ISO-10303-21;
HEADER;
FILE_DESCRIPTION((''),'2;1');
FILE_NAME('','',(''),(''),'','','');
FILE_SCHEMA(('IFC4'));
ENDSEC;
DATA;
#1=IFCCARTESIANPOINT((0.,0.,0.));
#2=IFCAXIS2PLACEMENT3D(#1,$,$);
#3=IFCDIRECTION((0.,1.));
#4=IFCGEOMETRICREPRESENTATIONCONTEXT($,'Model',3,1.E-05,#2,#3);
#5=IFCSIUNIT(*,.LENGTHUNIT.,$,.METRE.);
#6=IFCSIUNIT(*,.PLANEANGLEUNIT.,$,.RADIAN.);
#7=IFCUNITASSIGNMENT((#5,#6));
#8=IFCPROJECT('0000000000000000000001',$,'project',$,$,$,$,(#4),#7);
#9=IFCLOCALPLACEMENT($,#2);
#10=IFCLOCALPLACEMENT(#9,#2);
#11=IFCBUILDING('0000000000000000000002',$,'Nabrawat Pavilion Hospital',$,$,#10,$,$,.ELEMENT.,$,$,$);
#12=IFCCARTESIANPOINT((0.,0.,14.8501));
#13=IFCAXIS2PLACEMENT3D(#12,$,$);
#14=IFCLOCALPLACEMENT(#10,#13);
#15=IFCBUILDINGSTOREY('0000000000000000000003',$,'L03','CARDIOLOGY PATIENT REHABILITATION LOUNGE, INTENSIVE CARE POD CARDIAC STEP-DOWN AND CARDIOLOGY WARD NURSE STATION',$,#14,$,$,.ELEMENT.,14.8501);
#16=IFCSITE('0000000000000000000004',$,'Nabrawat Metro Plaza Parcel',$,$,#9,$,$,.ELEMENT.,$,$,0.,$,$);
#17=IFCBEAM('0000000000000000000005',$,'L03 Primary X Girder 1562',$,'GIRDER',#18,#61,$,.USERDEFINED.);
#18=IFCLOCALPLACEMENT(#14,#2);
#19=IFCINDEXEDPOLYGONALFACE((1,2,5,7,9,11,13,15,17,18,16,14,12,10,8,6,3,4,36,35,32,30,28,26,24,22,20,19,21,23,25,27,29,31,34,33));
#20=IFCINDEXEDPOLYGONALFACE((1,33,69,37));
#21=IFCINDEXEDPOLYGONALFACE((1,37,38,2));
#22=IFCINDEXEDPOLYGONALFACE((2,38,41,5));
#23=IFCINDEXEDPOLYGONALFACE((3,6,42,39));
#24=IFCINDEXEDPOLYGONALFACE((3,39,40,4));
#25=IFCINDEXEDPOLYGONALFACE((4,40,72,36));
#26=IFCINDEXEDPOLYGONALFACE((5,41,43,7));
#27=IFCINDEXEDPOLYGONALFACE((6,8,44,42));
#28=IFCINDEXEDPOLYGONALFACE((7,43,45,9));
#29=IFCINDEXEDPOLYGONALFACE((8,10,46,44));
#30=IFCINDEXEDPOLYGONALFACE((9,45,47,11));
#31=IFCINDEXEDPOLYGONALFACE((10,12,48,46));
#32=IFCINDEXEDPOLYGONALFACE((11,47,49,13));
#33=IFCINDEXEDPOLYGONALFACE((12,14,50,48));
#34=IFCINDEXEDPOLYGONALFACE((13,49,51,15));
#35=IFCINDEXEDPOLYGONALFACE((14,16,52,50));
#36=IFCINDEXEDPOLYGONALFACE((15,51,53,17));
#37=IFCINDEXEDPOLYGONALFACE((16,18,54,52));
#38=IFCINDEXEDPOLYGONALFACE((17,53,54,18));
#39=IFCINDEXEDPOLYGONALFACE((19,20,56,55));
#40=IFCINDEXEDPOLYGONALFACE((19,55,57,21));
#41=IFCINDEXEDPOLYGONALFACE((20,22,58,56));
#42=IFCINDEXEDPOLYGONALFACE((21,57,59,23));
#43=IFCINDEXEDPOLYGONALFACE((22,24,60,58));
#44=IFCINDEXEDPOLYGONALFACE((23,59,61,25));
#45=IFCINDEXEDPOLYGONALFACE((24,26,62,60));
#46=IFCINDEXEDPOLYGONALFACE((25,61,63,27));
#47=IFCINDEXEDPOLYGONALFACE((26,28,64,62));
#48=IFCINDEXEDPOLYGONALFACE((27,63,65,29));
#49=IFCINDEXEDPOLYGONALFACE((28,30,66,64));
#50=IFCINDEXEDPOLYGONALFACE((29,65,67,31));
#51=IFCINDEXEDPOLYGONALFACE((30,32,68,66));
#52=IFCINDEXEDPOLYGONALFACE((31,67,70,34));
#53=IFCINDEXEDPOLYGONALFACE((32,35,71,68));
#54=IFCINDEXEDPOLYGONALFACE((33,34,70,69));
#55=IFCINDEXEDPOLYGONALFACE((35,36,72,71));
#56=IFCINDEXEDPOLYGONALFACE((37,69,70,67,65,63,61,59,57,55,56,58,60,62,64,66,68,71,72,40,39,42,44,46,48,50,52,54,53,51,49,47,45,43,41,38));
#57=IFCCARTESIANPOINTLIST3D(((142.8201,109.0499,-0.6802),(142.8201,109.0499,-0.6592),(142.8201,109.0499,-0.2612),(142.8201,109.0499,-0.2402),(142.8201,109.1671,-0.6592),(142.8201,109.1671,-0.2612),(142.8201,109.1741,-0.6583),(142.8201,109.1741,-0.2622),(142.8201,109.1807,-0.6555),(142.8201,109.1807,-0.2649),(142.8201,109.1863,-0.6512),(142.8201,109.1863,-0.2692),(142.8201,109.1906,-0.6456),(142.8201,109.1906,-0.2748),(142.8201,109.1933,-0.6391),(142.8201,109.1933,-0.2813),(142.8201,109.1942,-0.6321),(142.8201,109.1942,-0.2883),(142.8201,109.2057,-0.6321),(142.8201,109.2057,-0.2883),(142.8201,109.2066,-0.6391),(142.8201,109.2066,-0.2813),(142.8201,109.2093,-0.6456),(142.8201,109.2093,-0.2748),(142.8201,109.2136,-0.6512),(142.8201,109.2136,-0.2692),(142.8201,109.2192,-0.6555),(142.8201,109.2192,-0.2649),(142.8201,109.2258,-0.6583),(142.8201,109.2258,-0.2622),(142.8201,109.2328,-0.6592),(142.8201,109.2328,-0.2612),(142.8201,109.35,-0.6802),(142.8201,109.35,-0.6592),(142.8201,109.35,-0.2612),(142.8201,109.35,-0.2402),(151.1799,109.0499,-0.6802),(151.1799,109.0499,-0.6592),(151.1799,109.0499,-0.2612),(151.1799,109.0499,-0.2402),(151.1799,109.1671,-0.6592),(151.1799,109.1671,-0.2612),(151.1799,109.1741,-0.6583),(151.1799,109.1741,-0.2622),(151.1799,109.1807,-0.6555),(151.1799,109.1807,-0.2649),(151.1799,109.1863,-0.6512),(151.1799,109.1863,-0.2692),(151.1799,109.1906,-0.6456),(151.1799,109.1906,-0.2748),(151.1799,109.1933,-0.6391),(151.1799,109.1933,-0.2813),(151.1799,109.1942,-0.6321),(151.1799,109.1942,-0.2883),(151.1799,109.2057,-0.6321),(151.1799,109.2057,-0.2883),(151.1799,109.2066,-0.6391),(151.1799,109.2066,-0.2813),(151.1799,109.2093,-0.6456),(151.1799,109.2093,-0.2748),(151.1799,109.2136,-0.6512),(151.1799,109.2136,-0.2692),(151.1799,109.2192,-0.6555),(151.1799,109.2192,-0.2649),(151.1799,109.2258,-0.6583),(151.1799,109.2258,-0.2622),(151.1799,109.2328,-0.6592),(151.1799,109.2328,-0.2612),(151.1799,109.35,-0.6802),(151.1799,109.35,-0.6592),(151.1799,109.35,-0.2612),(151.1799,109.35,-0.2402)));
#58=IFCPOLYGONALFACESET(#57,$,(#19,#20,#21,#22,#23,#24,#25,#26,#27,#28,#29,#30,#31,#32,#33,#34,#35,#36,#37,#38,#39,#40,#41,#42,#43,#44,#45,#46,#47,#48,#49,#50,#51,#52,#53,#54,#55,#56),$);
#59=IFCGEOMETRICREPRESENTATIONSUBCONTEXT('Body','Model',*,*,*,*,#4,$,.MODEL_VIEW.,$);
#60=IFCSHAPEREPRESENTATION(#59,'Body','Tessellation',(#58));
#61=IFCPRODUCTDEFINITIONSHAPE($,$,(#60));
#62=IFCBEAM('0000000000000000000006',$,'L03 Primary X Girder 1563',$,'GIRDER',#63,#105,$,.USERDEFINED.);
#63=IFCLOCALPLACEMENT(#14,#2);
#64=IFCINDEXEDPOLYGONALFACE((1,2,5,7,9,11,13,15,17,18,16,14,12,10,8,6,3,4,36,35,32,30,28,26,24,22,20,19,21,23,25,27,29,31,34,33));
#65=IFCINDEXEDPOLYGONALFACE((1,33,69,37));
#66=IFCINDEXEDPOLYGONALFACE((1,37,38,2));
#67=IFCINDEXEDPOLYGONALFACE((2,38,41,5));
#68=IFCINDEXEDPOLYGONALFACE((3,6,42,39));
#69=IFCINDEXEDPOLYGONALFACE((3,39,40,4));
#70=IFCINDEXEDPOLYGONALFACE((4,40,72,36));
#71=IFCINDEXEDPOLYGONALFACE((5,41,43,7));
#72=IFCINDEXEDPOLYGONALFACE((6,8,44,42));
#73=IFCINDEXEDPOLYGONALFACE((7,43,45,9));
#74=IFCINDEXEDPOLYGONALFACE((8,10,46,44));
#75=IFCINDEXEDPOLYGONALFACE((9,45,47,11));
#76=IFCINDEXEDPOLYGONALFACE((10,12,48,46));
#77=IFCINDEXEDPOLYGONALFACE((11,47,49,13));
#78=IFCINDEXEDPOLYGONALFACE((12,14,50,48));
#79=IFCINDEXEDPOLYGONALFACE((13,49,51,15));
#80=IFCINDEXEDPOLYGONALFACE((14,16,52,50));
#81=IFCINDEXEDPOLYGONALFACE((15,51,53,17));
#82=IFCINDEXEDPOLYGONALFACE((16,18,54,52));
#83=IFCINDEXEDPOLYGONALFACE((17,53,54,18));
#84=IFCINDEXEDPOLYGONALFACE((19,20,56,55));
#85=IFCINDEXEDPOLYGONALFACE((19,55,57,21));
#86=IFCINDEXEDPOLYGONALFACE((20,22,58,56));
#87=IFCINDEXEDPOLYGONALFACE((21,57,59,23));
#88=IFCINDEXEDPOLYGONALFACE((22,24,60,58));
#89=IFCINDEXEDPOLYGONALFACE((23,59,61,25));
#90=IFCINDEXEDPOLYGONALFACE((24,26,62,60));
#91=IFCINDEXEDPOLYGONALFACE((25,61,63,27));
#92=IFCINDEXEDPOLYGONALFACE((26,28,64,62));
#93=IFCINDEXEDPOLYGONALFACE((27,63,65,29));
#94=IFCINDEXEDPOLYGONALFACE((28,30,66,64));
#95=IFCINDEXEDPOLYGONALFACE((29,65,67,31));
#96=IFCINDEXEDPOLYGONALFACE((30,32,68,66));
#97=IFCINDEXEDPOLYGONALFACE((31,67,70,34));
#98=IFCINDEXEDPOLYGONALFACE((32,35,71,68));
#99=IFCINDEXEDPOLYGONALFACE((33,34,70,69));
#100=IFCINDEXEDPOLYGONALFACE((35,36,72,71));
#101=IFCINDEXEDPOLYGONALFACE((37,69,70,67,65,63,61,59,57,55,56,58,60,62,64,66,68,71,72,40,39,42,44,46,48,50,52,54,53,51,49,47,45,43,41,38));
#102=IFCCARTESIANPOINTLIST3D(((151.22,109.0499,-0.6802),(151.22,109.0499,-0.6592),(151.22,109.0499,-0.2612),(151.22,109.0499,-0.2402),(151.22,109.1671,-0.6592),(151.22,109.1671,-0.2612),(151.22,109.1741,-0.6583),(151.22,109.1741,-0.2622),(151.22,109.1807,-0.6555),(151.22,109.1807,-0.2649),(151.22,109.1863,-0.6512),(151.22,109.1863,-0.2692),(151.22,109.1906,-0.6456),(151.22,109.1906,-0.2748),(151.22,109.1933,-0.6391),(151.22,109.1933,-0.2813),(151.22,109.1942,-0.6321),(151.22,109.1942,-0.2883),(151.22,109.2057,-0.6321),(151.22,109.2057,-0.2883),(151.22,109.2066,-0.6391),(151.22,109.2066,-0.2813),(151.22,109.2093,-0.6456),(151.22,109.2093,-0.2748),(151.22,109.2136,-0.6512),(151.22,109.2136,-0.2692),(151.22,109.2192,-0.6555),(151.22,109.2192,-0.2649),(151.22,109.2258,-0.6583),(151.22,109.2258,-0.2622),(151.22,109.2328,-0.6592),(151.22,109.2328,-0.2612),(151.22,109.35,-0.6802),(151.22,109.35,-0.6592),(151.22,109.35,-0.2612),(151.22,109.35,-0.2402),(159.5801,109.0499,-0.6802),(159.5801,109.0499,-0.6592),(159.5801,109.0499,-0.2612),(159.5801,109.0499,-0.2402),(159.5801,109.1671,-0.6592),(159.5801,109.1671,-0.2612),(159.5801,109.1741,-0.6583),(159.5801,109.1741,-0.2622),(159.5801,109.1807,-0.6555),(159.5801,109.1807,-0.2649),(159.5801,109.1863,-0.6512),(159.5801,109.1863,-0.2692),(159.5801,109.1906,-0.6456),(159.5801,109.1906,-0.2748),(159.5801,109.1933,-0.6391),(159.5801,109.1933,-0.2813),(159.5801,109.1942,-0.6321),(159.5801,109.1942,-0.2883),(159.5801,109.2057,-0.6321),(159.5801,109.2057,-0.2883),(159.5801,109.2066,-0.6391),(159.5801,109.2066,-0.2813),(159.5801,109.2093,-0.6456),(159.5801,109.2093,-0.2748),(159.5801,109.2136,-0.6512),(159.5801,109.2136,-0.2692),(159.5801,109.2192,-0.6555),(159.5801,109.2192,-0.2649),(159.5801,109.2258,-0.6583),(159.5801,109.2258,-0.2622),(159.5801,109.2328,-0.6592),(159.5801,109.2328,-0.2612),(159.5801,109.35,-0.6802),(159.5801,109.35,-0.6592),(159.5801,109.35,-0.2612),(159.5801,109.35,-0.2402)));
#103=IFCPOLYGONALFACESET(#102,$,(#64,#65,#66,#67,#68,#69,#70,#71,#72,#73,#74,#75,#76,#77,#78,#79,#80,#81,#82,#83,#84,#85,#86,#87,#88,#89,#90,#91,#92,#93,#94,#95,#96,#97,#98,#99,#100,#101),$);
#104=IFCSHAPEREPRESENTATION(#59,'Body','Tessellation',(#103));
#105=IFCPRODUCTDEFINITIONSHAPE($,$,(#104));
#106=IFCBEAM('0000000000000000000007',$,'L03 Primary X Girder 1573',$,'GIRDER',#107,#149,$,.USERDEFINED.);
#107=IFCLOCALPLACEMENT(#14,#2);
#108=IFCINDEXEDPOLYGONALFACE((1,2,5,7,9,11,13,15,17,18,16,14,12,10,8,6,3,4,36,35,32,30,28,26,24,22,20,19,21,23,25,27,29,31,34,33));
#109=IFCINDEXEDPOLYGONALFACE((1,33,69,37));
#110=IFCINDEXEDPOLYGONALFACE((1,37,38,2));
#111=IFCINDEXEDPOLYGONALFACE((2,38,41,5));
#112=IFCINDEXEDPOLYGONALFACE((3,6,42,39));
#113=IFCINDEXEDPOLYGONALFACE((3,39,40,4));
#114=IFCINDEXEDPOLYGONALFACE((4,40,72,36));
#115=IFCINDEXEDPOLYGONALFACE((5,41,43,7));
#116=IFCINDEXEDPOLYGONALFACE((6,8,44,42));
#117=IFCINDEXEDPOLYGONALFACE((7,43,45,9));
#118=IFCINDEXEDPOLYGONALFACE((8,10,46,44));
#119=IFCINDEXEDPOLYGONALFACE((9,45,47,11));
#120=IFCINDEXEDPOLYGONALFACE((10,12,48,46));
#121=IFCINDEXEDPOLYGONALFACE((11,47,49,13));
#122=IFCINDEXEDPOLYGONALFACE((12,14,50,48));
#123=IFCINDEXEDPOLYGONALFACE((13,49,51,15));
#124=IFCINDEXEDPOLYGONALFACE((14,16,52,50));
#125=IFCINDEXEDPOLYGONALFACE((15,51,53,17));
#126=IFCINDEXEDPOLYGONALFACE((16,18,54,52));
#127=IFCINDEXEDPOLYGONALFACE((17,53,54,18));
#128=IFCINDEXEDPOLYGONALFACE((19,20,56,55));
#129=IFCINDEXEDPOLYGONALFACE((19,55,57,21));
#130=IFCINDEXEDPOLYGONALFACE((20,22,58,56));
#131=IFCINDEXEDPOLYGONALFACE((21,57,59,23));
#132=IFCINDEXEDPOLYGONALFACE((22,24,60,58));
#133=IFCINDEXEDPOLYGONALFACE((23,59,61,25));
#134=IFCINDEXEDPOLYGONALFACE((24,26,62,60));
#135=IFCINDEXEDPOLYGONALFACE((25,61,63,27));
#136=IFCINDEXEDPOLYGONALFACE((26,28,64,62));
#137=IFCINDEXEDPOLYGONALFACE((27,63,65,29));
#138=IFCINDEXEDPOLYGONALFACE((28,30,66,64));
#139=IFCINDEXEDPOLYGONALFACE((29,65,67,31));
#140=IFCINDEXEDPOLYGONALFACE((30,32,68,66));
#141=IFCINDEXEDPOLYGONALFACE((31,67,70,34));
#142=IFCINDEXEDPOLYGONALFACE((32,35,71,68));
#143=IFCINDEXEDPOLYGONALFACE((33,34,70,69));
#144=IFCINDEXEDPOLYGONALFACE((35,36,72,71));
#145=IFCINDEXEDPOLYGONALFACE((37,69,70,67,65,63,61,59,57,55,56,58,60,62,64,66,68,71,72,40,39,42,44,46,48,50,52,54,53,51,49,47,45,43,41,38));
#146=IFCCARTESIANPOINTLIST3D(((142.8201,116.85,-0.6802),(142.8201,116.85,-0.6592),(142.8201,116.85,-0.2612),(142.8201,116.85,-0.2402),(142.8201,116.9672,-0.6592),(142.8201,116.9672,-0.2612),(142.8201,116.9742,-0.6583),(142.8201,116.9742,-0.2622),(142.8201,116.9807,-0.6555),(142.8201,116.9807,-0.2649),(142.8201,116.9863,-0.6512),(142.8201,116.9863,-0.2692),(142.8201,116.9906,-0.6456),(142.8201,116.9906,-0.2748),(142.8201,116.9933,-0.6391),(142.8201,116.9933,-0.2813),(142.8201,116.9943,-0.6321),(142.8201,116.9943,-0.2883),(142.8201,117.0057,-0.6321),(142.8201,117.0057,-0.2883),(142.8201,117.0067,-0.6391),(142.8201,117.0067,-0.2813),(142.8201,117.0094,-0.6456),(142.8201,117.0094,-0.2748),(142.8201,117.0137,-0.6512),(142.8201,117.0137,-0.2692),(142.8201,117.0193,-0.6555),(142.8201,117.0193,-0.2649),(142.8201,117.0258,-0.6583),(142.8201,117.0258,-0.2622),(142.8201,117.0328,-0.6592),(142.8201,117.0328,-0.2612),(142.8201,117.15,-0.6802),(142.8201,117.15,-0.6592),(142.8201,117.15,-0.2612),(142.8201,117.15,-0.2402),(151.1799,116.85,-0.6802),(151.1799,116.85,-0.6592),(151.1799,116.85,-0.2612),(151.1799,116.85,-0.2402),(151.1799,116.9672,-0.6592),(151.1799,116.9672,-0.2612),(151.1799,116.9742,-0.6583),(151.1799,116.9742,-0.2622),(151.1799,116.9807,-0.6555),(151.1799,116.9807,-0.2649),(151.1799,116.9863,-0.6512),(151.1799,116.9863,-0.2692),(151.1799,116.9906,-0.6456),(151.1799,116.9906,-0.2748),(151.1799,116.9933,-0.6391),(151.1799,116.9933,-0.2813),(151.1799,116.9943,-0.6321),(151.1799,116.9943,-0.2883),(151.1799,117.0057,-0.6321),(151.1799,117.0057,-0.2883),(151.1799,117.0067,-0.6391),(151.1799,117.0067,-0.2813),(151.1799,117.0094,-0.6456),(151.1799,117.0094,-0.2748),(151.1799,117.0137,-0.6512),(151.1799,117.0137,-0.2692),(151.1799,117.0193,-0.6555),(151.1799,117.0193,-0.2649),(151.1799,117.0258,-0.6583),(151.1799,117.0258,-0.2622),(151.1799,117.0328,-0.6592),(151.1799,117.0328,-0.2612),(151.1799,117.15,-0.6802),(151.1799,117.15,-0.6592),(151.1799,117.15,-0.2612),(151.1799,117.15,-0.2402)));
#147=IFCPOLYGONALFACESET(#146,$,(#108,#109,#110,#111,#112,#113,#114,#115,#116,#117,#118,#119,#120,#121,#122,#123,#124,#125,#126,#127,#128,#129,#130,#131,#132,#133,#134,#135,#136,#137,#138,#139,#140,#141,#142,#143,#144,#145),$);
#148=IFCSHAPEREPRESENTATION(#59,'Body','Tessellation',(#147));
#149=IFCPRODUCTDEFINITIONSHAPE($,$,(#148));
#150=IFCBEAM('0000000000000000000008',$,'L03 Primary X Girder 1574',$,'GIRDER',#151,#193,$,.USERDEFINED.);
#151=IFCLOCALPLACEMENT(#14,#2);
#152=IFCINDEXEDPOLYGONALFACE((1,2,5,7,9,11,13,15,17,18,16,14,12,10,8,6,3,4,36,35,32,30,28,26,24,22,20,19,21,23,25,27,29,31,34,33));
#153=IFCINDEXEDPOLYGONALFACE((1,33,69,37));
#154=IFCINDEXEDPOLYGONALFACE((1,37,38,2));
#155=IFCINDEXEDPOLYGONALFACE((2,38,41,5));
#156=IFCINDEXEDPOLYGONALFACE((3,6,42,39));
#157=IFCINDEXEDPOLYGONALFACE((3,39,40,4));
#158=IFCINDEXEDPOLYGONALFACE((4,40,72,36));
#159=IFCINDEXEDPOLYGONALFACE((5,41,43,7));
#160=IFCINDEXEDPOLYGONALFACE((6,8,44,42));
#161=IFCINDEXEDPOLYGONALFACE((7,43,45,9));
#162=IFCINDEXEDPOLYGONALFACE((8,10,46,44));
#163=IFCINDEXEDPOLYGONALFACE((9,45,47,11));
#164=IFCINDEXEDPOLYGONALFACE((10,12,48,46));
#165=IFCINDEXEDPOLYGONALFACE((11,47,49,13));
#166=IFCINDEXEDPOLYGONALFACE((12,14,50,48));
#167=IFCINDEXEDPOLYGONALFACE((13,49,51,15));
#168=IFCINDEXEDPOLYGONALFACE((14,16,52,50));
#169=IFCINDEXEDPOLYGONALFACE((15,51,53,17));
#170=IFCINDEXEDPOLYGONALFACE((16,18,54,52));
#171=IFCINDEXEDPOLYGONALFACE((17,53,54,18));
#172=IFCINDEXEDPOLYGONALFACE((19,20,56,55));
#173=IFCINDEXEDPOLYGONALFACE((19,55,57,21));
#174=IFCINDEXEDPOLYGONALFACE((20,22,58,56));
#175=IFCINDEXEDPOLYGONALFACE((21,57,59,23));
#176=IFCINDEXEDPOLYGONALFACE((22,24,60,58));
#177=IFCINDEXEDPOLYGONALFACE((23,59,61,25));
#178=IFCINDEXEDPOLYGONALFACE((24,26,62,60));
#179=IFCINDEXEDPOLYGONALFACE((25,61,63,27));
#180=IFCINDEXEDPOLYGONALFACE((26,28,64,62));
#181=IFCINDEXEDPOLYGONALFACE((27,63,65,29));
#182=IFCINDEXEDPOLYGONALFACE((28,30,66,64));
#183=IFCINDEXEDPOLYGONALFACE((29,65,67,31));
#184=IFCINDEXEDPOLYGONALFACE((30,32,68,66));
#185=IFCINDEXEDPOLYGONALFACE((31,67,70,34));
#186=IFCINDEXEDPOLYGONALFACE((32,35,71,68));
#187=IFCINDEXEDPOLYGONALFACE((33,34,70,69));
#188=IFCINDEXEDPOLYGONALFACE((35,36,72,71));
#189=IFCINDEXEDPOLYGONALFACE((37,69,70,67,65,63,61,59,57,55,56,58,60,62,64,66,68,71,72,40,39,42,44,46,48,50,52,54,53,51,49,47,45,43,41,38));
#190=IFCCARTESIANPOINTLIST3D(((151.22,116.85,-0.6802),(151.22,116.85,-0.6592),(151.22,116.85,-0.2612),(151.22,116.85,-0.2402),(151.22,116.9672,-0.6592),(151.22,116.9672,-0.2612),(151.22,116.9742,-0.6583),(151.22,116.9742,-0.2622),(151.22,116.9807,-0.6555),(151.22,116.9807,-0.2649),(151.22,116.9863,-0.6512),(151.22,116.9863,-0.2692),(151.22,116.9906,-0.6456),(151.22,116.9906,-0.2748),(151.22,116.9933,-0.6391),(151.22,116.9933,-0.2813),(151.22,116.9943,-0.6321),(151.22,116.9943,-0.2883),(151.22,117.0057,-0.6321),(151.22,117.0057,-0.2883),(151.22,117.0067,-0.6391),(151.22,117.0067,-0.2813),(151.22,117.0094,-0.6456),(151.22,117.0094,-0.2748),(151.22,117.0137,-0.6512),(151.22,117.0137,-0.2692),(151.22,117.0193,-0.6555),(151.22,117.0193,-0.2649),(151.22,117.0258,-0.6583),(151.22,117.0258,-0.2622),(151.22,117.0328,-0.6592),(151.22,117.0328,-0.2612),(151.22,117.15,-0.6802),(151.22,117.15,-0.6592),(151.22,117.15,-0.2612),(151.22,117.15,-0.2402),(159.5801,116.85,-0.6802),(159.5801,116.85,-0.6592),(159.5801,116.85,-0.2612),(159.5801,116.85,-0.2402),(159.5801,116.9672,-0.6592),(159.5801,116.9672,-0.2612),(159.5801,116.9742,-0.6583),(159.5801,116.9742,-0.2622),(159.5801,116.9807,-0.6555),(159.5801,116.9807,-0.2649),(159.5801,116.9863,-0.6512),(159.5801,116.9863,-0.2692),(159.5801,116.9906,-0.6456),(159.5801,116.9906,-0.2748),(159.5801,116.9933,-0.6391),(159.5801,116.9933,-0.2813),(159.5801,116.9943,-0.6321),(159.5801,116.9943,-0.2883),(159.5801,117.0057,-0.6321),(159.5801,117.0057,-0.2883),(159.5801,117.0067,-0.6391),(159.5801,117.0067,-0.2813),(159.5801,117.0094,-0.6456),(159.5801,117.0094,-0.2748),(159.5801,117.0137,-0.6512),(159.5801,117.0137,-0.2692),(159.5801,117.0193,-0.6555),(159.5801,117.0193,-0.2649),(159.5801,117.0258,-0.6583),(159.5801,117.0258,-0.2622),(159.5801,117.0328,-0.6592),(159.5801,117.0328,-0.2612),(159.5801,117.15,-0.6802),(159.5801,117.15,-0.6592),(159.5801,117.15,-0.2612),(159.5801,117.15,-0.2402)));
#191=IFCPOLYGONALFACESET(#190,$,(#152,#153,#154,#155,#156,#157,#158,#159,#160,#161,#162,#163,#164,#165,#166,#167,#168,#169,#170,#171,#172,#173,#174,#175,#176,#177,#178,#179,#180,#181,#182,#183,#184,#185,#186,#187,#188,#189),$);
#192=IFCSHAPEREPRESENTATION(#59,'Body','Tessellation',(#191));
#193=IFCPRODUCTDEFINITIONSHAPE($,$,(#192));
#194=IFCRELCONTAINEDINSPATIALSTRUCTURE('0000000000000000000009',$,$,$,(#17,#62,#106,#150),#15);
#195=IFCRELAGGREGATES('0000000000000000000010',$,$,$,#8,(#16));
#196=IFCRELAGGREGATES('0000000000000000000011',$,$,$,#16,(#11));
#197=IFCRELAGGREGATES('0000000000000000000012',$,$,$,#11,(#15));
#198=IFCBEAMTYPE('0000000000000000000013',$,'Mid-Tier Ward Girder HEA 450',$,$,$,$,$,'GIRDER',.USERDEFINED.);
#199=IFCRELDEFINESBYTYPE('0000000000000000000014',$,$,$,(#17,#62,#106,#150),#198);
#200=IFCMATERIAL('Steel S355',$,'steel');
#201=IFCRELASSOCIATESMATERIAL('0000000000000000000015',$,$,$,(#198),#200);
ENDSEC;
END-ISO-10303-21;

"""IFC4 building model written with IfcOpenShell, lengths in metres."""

from ifc_helpers import new_model, si_unit, direction, frame, origin, origin_2d, place, context, subcontext, project, spatial, i_section, extrude, material, material_profile, profile_set, type_object, element, save


model = new_model("IFC4")

# Units and contexts
model_context = context("Model", 3, precision=1e-05, world=origin(), true_north=direction((0.0, 1.0)))
body_context = subcontext(model_context, "Body", "Model", "MODEL_VIEW")
ifc_project = project(units=[si_unit("LENGTHUNIT", "METRE"), si_unit("PLANEANGLEUNIT", "RADIAN")], contexts=[model_context])

# Site, building, storey
site_placement = place(None, origin())
site = spatial("IfcSite", under=ifc_project, at=site_placement, Name="Nabrawat Metro Plaza Parcel", CompositionType="ELEMENT", RefElevation=0.0)
building_placement = place(site_placement, origin())
building = spatial("IfcBuilding", under=site, at=building_placement, Name="Nabrawat Pavilion Hospital", CompositionType="ELEMENT")
storey_placement = place(building_placement, frame((0.0, 0.0, 14.8501)))
storey = spatial("IfcBuildingStorey", under=building, at=storey_placement, Name="L03", Description="CARDIOLOGY PATIENT REHABILITATION LOUNGE, INTENSIVE CARE POD CARDIAC STEP-DOWN AND CARDIOLOGY WARD NURSE STATION", CompositionType="ELEMENT", Elevation=14.8501)

# Beams
ifc_material_1 = material(Name="Steel S355", Category="steel")
ifc_material_profile_1 = material_profile(ifc_material_1, i_section(OverallWidth=0.3, OverallDepth=0.4399, WebThickness=0.0115, FlangeThickness=0.021, FilletRadius=0.0271, at=origin_2d()), Name="HEA 450")
ifc_profile_set_1 = profile_set([ifc_material_profile_1], Name="Steel S355")
beam_type_1 = type_object("IfcBeamType", Name="Mid-Tier Ward Girder HEA 450", ElementType="GIRDER", PredefinedType="USERDEFINED", material=ifc_profile_set_1)
beam_1_placement = place(storey_placement, frame((142.8201, 109.2, -0.4602), z_axis=(1.0, 0.0, 0.0), x_axis=(0.0, 1.0, 0.0)))
element("IfcBeam", 1, at=beam_1_placement, inside=storey, type_object=beam_type_1, Name="L03 Primary X Girder 1562", ObjectType="GIRDER", PredefinedType="USERDEFINED", context=body_context, shape_type="SweptSolid", body=[
    extrude(i_section(OverallWidth=0.3, OverallDepth=0.4399, WebThickness=0.0115, FlangeThickness=0.021, FilletRadius=0.0271, at=origin_2d()), origin(), (0.0, 0.0, 1.0), 8.3599),
])
beam_2_placement = place(storey_placement, frame((151.22, 109.2, -0.4602), z_axis=(1.0, 0.0, 0.0), x_axis=(0.0, 1.0, 0.0)))
element("IfcBeam", 2, at=beam_2_placement, inside=storey, type_object=beam_type_1, Name="L03 Primary X Girder 1563", ObjectType="GIRDER", PredefinedType="USERDEFINED", context=body_context, shape_type="SweptSolid", body=[
    extrude(i_section(OverallWidth=0.3, OverallDepth=0.4399, WebThickness=0.0115, FlangeThickness=0.021, FilletRadius=0.0271, at=origin_2d()), origin(), (0.0, 0.0, 1.0), 8.3601),
])
beam_3_placement = place(storey_placement, frame((142.8201, 117.0, -0.4602), z_axis=(1.0, 0.0, 0.0), x_axis=(0.0, 1.0, 0.0)))
element("IfcBeam", 3, at=beam_3_placement, inside=storey, type_object=beam_type_1, Name="L03 Primary X Girder 1573", ObjectType="GIRDER", PredefinedType="USERDEFINED", context=body_context, shape_type="SweptSolid", body=[
    extrude(i_section(OverallWidth=0.3, OverallDepth=0.4399, WebThickness=0.0115, FlangeThickness=0.021, FilletRadius=0.0271, at=origin_2d()), origin(), (0.0, 0.0, 1.0), 8.3599),
])
beam_4_placement = place(storey_placement, frame((151.22, 117.0, -0.4602), z_axis=(1.0, 0.0, 0.0), x_axis=(0.0, 1.0, 0.0)))
element("IfcBeam", 4, at=beam_4_placement, inside=storey, type_object=beam_type_1, Name="L03 Primary X Girder 1574", ObjectType="GIRDER", PredefinedType="USERDEFINED", context=body_context, shape_type="SweptSolid", body=[
    extrude(i_section(OverallWidth=0.3, OverallDepth=0.4399, WebThickness=0.0115, FlangeThickness=0.021, FilletRadius=0.0271, at=origin_2d()), origin(), (0.0, 0.0, 1.0), 8.3601),
])

save(model, "model.ifc")
